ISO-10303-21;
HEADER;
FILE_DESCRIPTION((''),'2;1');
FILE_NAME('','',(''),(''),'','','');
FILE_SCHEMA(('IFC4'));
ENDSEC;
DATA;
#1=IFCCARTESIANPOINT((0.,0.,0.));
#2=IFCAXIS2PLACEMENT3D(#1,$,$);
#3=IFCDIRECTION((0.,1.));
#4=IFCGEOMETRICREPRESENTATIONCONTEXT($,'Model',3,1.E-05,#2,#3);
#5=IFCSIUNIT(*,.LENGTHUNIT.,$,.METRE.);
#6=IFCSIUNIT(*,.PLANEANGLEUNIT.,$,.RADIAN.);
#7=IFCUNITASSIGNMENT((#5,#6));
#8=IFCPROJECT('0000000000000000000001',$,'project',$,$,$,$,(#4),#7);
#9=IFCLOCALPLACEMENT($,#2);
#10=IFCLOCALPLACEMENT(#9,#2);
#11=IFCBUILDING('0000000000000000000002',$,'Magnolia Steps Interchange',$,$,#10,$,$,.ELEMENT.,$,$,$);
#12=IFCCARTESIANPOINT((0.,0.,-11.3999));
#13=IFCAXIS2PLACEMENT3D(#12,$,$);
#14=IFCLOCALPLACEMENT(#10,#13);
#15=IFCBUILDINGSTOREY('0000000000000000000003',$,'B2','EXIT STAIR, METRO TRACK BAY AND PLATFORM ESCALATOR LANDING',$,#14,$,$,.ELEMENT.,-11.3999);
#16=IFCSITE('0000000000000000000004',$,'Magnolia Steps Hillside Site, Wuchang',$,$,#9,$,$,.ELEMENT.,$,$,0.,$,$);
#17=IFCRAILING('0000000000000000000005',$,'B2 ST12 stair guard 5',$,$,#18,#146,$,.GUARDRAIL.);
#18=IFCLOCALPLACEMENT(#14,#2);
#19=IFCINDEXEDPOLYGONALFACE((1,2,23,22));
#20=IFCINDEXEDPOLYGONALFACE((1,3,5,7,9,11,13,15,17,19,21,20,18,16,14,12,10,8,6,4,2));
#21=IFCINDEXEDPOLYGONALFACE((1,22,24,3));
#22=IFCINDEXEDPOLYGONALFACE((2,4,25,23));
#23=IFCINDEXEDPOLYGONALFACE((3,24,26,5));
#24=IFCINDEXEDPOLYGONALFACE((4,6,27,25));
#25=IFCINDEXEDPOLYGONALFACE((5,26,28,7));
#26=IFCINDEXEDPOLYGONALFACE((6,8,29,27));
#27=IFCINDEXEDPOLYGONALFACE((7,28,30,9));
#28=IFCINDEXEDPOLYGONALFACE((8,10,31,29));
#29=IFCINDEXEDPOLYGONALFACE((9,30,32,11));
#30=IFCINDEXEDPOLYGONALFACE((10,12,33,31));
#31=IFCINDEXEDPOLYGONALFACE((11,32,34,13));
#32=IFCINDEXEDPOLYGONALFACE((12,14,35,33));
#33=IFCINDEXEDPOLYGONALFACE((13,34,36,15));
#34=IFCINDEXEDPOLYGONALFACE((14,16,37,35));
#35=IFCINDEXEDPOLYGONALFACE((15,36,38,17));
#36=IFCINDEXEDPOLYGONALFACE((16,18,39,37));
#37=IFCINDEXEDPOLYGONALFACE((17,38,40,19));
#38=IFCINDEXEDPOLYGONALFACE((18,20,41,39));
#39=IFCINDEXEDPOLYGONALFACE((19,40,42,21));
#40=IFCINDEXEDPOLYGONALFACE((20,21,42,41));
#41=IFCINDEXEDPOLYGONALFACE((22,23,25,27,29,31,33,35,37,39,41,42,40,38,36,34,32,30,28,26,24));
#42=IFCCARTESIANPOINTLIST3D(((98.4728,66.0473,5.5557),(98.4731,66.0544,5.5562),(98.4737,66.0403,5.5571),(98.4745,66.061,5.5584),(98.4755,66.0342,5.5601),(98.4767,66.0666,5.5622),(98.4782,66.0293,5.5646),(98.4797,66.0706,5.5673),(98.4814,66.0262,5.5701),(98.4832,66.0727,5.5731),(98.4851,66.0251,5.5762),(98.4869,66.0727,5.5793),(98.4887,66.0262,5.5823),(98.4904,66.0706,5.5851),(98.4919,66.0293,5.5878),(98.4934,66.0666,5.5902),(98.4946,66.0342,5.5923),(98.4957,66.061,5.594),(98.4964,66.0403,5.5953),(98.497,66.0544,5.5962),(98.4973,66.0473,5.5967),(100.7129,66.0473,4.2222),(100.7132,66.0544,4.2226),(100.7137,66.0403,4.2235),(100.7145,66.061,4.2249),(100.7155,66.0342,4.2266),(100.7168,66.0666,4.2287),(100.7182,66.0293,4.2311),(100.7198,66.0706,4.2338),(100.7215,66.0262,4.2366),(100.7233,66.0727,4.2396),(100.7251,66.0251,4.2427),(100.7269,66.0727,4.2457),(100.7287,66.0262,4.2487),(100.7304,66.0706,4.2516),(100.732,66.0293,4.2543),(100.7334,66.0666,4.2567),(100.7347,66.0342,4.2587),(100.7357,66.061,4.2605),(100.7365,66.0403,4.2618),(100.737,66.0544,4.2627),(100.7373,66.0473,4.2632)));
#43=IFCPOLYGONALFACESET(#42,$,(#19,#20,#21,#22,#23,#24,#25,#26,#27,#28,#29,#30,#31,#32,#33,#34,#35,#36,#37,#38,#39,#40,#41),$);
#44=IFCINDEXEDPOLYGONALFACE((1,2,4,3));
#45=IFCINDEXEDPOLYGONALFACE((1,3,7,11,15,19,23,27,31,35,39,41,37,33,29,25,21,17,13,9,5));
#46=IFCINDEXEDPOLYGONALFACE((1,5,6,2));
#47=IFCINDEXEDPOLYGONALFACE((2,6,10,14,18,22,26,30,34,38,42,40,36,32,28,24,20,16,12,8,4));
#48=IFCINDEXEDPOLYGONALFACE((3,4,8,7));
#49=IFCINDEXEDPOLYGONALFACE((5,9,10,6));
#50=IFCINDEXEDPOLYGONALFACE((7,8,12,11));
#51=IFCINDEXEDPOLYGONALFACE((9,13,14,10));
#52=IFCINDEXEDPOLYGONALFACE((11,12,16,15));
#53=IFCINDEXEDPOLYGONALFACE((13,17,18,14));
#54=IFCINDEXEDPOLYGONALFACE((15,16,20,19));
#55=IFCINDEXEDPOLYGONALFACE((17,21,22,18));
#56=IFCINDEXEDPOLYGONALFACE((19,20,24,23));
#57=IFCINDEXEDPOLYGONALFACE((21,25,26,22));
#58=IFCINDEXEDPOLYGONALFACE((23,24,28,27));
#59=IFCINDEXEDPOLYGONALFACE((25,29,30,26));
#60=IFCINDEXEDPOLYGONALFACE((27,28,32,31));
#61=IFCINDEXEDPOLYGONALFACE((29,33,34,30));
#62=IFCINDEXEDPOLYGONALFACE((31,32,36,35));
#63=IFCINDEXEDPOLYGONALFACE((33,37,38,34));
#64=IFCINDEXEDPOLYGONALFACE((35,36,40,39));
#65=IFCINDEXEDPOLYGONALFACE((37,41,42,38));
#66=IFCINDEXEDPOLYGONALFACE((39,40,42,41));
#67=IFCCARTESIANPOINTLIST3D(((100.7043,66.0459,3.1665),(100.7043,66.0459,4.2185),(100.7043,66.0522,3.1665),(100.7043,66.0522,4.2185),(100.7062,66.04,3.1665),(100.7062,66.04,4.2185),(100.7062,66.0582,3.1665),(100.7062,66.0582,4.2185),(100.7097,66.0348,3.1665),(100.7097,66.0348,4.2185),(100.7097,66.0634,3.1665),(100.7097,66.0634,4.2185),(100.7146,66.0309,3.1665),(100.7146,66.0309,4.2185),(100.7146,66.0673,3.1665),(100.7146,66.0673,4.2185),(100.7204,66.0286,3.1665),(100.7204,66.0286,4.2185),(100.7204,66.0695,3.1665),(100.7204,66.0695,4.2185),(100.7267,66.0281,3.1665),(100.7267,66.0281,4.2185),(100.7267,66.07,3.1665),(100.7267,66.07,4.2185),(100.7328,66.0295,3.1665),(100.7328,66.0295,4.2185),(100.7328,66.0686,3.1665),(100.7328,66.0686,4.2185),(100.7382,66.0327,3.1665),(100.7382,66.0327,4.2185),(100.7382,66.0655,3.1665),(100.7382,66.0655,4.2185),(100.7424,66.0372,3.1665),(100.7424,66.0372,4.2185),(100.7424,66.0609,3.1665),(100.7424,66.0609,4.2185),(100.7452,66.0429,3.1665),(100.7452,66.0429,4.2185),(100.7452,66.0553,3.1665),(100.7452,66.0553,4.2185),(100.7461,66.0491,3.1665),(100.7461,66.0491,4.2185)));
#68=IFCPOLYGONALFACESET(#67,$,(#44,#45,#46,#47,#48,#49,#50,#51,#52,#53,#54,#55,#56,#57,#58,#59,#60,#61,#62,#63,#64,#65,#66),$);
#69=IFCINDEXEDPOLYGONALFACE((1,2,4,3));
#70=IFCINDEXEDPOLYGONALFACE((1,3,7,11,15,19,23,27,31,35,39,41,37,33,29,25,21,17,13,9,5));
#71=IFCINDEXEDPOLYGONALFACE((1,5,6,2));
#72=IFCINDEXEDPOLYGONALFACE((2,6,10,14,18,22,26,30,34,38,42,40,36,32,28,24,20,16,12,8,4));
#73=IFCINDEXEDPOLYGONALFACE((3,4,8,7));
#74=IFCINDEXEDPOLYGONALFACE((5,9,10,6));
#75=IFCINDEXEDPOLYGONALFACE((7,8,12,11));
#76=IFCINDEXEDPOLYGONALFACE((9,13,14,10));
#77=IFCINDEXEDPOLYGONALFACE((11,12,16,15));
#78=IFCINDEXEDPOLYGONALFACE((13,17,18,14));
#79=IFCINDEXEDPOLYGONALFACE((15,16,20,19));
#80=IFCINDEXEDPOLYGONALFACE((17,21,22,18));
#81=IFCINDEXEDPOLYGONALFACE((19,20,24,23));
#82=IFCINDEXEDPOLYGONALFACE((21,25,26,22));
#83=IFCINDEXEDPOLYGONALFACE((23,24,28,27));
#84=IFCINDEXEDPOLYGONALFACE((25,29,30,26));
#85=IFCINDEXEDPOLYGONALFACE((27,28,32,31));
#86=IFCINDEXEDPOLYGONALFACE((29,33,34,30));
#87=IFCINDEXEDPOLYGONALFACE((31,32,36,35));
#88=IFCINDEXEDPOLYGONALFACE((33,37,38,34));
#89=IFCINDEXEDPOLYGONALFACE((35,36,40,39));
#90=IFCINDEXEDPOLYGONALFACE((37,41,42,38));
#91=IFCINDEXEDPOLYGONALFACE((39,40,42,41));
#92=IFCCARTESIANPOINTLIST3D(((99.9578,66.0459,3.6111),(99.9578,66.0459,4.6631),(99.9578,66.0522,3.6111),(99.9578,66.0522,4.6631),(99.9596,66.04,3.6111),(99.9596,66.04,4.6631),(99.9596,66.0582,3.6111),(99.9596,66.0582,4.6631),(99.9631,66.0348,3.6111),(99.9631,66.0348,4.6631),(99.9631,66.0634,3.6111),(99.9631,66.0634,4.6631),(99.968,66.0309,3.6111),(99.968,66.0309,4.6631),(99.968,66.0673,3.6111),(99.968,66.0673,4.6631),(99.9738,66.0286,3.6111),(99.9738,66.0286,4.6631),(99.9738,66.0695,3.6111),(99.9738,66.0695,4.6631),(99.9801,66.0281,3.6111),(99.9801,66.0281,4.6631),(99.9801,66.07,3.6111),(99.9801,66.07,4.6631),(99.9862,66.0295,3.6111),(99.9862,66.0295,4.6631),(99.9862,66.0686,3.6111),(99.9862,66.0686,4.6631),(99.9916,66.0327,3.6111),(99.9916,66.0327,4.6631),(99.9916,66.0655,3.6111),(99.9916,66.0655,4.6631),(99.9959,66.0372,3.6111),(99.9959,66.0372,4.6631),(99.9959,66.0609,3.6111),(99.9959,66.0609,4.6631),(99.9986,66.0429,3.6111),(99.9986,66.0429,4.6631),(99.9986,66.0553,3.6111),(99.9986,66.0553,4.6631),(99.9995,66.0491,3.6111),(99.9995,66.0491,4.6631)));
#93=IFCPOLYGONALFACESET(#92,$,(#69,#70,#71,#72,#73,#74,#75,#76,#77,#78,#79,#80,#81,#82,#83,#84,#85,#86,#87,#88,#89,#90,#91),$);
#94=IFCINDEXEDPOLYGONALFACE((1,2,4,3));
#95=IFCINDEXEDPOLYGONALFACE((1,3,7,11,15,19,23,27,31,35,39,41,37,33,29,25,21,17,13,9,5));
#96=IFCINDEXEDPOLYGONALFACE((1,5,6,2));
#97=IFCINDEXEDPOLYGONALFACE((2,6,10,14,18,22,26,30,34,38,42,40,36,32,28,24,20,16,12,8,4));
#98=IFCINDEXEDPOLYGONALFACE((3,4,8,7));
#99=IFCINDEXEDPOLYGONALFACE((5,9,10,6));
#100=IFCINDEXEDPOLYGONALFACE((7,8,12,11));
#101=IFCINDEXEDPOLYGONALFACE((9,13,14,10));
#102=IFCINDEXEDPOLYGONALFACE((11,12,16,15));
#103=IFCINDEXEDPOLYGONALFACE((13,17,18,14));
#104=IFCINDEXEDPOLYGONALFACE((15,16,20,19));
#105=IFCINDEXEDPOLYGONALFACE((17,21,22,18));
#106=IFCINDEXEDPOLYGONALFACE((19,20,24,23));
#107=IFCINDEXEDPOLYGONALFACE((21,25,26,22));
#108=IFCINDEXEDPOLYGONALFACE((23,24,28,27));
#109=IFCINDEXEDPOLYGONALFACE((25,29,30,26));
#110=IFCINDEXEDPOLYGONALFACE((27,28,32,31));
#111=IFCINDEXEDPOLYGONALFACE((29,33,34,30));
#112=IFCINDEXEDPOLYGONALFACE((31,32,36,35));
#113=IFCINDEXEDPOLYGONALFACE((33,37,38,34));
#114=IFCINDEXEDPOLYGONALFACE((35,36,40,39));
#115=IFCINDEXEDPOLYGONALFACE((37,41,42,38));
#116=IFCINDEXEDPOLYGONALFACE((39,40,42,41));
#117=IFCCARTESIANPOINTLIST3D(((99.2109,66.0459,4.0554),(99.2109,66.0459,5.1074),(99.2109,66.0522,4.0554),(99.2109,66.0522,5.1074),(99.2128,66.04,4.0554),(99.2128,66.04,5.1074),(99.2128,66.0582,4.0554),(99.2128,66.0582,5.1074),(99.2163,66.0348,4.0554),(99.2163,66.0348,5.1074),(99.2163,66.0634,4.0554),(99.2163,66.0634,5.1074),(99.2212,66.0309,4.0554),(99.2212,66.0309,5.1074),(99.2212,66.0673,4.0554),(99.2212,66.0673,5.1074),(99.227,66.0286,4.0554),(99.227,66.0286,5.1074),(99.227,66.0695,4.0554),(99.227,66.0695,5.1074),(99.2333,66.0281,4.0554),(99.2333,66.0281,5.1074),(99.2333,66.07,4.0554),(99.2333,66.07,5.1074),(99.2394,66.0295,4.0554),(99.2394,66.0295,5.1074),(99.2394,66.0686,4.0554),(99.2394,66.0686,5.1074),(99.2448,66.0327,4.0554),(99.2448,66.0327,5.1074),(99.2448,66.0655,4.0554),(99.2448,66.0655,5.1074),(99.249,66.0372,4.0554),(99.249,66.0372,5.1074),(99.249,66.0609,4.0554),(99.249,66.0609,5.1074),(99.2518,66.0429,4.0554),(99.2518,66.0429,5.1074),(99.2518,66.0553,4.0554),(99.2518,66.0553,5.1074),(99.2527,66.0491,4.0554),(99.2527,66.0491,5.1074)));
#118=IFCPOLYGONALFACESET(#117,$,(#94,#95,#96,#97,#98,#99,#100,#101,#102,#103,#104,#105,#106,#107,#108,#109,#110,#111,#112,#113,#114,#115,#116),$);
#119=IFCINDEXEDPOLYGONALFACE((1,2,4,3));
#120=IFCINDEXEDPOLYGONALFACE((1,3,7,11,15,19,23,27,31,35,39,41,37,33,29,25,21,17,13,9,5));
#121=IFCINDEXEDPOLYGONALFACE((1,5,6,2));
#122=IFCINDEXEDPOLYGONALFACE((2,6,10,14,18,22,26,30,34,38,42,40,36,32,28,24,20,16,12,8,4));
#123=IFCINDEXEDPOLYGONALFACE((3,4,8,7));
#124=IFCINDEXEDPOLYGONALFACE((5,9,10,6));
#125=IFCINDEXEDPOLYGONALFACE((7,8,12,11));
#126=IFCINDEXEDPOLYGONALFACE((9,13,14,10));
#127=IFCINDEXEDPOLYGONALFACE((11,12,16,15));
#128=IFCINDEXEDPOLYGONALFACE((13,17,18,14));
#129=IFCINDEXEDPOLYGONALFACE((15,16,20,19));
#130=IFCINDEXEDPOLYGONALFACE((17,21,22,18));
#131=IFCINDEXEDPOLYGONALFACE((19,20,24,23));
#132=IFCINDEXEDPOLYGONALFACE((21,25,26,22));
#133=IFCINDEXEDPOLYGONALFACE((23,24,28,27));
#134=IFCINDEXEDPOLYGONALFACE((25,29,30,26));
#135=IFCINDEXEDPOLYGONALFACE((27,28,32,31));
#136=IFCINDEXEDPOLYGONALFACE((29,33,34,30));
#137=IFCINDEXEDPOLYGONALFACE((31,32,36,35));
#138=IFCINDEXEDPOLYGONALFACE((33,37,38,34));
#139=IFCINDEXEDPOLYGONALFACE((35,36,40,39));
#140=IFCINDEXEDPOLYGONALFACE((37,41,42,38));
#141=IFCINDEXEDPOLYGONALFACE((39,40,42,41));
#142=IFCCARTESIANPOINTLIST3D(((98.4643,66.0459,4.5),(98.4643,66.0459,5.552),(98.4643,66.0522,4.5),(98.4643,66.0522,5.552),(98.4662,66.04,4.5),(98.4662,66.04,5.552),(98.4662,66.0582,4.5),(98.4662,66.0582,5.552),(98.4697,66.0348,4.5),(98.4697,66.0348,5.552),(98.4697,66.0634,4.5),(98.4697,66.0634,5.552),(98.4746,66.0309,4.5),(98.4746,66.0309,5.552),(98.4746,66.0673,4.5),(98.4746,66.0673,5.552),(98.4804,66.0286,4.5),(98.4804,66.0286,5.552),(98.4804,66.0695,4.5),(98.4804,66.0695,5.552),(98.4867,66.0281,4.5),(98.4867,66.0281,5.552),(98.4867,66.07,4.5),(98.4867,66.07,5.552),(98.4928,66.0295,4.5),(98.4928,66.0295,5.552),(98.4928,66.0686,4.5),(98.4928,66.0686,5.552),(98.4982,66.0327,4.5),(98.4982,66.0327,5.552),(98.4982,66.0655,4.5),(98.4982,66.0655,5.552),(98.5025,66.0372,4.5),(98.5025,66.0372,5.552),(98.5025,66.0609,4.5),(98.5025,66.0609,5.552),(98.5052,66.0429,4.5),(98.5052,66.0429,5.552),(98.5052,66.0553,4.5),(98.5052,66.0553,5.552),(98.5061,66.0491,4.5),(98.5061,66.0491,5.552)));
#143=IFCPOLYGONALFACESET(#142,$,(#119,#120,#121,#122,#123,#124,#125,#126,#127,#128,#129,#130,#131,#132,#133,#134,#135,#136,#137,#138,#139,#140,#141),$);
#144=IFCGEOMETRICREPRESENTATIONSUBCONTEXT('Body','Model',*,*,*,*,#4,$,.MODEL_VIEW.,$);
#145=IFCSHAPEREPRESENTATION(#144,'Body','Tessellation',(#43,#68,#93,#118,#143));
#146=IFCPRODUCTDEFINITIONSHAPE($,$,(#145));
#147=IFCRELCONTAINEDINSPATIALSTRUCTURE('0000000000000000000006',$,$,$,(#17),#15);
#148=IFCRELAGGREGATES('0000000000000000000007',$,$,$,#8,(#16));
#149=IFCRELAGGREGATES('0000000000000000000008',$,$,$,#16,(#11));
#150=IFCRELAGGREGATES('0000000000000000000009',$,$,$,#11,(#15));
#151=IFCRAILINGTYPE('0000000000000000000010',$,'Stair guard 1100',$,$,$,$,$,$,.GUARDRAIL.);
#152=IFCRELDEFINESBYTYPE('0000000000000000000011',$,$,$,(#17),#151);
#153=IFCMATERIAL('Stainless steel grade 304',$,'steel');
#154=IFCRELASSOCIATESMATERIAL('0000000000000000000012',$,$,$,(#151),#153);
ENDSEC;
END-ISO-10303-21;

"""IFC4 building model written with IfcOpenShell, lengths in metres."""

from ifc_helpers import new_model, si_unit, direction, frame, origin, origin_2d, place, context, subcontext, project, spatial, circle, extrude, material, type_object, element, save


model = new_model("IFC4")

# Units and contexts
model_context = context("Model", 3, precision=1e-05, world=origin(), true_north=direction((0.0, 1.0)))
body_context = subcontext(model_context, "Body", "Model", "MODEL_VIEW")
ifc_project = project(units=[si_unit("LENGTHUNIT", "METRE"), si_unit("PLANEANGLEUNIT", "RADIAN")], contexts=[model_context])

# Site, building, storey
site_placement = place(None, origin())
site = spatial("IfcSite", under=ifc_project, at=site_placement, Name="Magnolia Steps Hillside Site, Wuchang", CompositionType="ELEMENT", RefElevation=0.0)
building_placement = place(site_placement, origin())
building = spatial("IfcBuilding", under=site, at=building_placement, Name="Magnolia Steps Interchange", CompositionType="ELEMENT")
storey_placement = place(building_placement, frame((0.0, 0.0, -11.3999)))
storey = spatial("IfcBuildingStorey", under=building, at=storey_placement, Name="B2", Description="EXIT STAIR, METRO TRACK BAY AND PLATFORM ESCALATOR LANDING", CompositionType="ELEMENT", Elevation=-11.3999)

# Railing
ifc_material_1 = material(Name="Stainless steel grade 304", Category="steel")
railing_type_1 = type_object("IfcRailingType", Name="Stair guard 1100", PredefinedType="GUARDRAIL", material=ifc_material_1)
railing_1_placement = place(storey_placement, frame((100.7251, 66.0491, 3.1665)))
element("IfcRailing", 1, at=railing_1_placement, inside=storey, type_object=railing_type_1, Name="B2 ST12 stair guard 5", PredefinedType="GUARDRAIL", context=body_context, shape_type="SweptSolid", body=[
    extrude(circle(Radius=0.0239, at=origin_2d()), frame((0.0, 0.0, 1.0762), z_axis=(-0.859264, 0.0, 0.511532), x_axis=(0.0, -1.0, 0.0)), (0.0, 0.0, 1.0), 2.6069),
    extrude(circle(Radius=0.021, at=origin_2d()), origin(), (0.0, 0.0, 1.0), 1.052),
    extrude(circle(Radius=0.021, at=origin_2d()), frame((-0.7466, 0.0, 0.4446)), (0.0, 0.0, 1.0), 1.052),
    extrude(circle(Radius=0.021, at=origin_2d()), frame((-1.4934, 0.0, 0.8889)), (0.0, 0.0, 1.0), 1.052),
    extrude(circle(Radius=0.021, at=origin_2d()), frame((-2.24, 0.0, 1.3335)), (0.0, 0.0, 1.0), 1.052),
])

save(model, "model.ifc")
